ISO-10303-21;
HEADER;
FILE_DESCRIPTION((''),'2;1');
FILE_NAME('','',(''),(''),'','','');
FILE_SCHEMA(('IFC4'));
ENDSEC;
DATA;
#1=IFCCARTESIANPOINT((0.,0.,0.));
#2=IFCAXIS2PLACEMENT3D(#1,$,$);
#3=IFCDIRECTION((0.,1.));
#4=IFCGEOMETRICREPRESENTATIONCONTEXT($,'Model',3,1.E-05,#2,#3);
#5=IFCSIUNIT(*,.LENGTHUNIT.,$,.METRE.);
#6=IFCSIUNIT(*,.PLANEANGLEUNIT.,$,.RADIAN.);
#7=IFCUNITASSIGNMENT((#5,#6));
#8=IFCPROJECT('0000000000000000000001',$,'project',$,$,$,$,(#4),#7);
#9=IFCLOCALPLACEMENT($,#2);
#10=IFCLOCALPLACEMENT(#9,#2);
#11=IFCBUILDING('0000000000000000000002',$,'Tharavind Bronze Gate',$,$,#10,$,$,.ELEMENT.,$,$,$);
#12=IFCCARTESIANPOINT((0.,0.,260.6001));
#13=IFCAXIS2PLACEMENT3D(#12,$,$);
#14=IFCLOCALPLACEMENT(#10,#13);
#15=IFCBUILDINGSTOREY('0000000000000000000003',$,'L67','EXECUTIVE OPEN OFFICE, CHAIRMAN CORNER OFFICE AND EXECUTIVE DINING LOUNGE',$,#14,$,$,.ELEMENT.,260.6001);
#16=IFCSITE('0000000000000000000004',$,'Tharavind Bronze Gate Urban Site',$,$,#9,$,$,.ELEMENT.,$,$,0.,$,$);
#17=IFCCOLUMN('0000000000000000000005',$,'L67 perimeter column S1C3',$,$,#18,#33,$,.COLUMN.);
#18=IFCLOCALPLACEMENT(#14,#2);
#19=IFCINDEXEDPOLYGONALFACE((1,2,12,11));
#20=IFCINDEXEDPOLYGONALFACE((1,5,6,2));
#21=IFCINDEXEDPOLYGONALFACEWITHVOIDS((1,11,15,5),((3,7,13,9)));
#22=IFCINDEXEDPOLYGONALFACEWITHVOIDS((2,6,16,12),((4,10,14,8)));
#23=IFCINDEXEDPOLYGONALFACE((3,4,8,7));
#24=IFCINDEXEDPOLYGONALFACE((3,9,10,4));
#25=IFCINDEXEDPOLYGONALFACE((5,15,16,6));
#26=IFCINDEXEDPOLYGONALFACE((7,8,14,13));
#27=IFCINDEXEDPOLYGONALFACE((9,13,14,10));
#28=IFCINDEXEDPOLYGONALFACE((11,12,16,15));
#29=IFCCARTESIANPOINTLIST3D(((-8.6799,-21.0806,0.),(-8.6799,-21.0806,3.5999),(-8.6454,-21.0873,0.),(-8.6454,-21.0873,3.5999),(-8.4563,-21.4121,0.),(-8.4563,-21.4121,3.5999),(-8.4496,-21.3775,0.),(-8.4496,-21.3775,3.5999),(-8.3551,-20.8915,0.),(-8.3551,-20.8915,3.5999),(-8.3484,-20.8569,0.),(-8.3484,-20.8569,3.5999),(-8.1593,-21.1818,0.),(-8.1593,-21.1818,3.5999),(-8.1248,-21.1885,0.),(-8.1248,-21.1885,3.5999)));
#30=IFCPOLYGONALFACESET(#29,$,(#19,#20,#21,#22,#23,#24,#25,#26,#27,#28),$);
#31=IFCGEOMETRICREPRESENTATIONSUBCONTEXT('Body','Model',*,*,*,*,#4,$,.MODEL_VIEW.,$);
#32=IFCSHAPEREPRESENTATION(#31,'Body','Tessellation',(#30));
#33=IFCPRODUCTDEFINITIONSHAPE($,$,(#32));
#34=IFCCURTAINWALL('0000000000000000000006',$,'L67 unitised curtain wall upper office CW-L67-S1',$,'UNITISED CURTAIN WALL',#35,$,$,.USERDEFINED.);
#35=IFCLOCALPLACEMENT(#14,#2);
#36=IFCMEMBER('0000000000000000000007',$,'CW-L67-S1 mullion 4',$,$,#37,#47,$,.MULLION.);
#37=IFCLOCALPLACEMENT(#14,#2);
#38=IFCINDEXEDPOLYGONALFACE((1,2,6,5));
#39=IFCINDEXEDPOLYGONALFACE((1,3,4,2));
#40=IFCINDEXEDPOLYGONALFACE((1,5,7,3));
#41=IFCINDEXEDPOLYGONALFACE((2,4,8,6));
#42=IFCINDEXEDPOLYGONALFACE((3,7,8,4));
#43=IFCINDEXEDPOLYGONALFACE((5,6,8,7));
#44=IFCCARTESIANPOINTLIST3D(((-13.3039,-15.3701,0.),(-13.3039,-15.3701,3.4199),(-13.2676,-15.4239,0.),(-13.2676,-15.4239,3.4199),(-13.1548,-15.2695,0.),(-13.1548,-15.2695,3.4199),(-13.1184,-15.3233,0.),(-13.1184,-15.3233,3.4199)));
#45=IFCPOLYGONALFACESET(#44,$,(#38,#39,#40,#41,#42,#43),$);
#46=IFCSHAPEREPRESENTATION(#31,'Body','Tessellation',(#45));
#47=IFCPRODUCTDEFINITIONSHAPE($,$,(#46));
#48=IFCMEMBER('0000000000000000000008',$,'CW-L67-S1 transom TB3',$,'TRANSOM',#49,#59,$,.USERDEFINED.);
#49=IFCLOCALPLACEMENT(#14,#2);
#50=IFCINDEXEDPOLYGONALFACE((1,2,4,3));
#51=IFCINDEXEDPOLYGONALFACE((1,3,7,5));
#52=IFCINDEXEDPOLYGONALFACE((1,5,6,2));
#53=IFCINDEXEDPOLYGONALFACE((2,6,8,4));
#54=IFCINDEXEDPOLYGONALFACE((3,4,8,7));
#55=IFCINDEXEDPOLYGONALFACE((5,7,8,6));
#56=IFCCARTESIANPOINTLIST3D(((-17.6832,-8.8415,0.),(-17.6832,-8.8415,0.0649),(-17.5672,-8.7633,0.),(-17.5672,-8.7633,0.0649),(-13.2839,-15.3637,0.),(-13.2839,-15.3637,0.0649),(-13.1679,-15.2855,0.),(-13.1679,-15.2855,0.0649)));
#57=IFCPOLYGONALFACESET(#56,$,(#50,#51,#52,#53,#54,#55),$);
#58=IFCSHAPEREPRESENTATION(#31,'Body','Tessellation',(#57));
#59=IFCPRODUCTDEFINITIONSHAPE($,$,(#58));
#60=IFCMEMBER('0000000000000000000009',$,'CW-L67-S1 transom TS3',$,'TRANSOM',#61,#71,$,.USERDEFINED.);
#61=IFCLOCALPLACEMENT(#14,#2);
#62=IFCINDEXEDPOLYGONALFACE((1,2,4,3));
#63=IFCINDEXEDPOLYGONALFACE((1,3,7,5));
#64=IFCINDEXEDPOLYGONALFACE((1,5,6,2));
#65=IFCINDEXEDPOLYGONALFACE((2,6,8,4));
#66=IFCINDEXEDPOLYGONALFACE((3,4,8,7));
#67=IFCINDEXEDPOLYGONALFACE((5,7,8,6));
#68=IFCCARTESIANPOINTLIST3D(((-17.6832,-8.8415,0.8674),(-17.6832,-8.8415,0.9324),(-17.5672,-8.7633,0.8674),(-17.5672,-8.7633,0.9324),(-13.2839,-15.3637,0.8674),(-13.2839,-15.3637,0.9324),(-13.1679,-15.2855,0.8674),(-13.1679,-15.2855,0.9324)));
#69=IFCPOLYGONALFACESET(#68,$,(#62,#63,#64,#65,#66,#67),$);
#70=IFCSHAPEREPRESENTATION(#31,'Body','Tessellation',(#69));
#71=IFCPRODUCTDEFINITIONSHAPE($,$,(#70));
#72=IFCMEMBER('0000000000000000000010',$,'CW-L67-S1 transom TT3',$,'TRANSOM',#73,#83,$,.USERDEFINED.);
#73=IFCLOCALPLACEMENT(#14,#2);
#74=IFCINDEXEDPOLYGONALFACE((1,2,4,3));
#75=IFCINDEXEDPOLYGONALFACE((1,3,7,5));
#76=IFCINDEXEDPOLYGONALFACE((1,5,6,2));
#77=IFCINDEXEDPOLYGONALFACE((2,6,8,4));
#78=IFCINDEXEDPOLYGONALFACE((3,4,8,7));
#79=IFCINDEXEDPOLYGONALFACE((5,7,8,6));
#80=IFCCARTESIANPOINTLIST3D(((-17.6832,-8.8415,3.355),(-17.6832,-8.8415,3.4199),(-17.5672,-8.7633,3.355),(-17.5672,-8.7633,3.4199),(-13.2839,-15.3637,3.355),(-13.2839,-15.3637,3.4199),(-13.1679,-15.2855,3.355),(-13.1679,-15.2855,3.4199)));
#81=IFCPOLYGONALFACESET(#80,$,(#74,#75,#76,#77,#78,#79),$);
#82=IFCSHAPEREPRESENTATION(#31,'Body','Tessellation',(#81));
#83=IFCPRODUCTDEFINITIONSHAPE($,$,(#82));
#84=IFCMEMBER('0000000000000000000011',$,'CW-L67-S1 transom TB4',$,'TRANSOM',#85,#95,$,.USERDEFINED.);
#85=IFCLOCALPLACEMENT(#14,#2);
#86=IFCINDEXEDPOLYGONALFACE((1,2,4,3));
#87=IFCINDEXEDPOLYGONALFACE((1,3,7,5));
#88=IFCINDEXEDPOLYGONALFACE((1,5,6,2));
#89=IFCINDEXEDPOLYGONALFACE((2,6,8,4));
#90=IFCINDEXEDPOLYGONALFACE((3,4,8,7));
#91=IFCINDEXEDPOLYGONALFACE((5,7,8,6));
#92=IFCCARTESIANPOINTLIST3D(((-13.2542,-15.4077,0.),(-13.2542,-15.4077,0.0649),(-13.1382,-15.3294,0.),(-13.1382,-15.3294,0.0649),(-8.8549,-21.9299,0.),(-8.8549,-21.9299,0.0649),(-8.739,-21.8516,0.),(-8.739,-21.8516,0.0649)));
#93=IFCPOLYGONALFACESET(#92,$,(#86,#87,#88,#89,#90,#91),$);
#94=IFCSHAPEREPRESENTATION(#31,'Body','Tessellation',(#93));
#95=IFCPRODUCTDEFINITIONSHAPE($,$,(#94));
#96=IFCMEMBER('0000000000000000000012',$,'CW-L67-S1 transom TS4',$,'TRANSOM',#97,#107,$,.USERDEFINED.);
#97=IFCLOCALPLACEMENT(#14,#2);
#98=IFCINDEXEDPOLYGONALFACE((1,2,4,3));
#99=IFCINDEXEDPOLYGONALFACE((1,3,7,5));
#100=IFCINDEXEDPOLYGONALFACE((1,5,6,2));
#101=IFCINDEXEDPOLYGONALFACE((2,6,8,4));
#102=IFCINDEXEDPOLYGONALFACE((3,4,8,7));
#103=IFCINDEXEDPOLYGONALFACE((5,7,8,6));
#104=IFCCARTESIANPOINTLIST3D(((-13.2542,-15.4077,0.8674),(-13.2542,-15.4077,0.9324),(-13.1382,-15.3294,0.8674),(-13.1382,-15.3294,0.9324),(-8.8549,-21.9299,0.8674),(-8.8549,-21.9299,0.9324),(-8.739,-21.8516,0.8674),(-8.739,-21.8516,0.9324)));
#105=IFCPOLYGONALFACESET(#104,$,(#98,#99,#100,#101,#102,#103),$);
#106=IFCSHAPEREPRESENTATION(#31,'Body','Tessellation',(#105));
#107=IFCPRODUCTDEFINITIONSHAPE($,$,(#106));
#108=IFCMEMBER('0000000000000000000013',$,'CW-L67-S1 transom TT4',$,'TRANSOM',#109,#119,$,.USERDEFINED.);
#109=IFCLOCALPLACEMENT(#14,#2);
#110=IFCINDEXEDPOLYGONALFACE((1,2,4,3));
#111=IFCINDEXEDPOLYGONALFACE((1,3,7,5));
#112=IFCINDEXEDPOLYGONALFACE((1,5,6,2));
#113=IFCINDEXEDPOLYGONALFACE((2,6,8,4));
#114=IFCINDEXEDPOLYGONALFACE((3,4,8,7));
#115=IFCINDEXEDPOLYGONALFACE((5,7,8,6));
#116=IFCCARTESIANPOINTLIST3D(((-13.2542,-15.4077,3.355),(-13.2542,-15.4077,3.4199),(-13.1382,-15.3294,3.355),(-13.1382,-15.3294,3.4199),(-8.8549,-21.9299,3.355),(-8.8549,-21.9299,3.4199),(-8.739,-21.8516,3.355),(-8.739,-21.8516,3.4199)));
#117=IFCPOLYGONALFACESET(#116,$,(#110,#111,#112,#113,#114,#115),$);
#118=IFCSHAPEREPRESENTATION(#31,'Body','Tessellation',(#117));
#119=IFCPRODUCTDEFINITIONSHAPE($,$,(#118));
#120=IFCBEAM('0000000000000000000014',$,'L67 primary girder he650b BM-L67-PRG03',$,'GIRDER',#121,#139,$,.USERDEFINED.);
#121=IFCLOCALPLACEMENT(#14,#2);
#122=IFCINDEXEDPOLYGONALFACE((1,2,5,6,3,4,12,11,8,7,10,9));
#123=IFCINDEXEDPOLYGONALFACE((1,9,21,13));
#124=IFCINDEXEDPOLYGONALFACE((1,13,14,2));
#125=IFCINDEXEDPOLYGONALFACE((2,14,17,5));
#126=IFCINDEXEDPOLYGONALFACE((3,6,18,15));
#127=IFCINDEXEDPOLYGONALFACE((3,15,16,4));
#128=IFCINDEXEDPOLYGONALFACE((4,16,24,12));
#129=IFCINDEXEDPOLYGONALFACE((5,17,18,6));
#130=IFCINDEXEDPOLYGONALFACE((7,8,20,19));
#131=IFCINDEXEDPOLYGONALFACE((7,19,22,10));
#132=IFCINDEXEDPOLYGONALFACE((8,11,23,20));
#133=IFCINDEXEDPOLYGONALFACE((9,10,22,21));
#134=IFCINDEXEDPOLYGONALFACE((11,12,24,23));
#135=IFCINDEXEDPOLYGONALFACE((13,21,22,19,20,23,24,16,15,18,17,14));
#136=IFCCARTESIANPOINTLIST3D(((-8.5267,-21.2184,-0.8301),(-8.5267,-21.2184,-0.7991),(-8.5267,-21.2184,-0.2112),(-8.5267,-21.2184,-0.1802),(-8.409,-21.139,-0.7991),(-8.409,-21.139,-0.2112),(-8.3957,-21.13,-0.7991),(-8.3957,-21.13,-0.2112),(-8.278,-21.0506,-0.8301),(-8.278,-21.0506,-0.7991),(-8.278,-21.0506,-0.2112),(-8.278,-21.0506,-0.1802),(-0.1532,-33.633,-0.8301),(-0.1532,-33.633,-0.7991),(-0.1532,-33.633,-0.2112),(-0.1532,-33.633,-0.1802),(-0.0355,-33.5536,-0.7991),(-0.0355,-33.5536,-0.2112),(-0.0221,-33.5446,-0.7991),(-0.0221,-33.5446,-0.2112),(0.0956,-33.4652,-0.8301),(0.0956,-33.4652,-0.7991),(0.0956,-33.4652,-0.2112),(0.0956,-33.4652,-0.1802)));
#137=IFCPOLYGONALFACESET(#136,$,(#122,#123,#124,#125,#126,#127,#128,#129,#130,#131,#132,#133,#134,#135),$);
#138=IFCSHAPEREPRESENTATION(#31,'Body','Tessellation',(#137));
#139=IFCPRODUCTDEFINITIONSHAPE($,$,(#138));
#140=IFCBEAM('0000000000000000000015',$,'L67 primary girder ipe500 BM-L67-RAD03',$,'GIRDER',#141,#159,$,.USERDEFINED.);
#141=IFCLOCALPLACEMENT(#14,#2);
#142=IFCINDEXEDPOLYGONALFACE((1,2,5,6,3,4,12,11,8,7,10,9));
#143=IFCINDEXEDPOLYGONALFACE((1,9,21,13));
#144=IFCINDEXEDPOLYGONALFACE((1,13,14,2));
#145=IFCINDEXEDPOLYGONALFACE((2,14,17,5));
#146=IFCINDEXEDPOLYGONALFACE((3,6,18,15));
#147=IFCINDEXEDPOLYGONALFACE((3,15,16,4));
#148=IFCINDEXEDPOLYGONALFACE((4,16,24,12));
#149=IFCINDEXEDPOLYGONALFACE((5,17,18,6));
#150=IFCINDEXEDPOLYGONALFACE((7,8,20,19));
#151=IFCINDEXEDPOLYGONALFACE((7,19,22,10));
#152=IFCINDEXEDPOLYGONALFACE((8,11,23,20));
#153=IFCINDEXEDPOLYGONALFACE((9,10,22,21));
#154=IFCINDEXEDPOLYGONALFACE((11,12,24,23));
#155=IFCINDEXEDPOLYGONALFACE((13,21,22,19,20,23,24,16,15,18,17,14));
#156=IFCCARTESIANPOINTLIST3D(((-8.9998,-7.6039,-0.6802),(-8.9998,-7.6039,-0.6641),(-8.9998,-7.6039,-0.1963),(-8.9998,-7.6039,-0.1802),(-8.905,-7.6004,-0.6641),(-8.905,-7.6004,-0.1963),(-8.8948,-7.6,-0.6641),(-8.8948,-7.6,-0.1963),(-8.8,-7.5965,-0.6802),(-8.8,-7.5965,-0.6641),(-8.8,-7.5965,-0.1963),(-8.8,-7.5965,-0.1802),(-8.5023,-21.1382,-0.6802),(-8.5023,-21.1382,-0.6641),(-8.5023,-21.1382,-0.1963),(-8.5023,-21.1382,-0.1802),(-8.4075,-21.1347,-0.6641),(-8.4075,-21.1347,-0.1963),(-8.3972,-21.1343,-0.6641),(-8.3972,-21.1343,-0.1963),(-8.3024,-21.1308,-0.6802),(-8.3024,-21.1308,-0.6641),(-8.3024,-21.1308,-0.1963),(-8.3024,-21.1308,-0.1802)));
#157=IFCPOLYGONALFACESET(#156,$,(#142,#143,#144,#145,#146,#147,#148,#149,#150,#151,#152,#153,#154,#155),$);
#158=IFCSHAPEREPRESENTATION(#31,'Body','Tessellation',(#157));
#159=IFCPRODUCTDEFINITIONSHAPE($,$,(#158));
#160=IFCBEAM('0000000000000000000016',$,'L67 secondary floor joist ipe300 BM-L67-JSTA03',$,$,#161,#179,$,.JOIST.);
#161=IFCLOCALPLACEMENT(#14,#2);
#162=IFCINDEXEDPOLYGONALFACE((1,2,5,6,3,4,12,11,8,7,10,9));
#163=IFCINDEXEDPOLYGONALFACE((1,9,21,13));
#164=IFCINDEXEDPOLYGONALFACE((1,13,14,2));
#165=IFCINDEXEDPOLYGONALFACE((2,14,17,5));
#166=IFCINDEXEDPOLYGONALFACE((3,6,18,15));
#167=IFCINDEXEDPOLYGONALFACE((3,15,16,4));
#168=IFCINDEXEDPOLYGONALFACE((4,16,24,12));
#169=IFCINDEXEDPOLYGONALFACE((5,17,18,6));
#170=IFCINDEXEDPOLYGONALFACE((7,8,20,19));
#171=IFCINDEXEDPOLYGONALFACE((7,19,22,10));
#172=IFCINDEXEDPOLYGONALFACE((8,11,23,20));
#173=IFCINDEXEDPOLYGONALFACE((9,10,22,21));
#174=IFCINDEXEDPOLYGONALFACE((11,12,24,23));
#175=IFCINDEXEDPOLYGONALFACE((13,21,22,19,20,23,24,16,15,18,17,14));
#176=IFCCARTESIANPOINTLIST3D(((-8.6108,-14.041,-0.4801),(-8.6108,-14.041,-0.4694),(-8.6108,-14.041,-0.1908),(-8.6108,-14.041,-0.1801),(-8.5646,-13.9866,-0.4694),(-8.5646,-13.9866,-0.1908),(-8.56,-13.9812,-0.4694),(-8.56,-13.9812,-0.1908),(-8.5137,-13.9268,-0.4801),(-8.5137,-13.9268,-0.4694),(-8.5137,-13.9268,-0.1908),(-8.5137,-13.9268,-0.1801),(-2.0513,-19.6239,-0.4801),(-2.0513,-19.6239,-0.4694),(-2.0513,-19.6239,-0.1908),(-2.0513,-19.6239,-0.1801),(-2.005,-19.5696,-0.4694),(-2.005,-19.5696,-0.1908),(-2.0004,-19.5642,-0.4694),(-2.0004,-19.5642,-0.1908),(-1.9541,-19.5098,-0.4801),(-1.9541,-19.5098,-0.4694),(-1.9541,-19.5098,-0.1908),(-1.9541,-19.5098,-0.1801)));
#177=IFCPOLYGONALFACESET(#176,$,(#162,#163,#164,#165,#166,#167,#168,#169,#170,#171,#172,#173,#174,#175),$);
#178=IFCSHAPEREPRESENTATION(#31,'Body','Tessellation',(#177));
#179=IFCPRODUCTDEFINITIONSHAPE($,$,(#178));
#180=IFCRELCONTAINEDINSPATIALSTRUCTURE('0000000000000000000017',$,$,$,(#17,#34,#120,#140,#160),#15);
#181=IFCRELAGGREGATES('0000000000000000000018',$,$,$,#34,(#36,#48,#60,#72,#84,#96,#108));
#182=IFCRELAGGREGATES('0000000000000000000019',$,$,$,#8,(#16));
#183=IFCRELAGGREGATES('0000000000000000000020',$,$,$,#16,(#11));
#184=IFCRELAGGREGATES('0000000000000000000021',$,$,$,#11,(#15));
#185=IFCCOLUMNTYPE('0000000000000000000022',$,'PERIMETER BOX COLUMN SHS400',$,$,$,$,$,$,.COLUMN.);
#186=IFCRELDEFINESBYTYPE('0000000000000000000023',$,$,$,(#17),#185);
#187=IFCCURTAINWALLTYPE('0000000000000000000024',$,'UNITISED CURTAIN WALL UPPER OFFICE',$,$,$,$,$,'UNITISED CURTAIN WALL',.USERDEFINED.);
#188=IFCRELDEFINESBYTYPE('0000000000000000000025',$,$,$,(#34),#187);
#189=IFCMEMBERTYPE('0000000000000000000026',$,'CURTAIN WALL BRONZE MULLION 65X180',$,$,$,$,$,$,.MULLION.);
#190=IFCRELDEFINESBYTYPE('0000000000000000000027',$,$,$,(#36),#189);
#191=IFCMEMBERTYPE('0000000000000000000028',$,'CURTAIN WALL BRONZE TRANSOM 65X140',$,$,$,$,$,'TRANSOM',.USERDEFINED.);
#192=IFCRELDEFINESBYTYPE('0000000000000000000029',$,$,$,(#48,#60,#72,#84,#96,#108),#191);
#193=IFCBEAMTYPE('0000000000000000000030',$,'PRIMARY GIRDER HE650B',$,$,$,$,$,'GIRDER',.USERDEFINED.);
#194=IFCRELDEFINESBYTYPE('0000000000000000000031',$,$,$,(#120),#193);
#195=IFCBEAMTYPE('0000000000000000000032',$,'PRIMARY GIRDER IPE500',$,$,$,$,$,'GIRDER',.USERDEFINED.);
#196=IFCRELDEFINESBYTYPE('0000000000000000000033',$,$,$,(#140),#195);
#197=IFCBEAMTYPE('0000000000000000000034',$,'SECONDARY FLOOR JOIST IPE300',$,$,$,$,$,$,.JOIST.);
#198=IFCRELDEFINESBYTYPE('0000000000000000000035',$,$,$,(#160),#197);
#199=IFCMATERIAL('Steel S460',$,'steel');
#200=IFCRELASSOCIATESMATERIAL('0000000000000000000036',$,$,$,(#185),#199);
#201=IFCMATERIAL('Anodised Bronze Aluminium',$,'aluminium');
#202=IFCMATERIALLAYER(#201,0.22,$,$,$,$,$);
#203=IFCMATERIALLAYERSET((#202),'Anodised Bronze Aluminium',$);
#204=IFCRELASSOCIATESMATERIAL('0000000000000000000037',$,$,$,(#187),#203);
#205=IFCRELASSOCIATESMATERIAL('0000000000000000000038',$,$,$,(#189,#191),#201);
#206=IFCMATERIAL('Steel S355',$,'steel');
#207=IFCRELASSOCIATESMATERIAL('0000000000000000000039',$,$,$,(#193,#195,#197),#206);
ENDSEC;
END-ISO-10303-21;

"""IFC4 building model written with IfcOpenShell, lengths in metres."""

from ifc_helpers import new_model, si_unit, direction, frame, origin, origin_2d, place, context, subcontext, project, spatial, rectangle, hollow_rectangle, i_section, extrude, material, layer, layer_set, material_profile, profile_set, type_object, element, aggregate, save


model = new_model("IFC4")

# Units and contexts
model_context = context("Model", 3, precision=1e-05, world=origin(), true_north=direction((0.0, 1.0)))
body_context = subcontext(model_context, "Body", "Model", "MODEL_VIEW")
ifc_project = project(units=[si_unit("LENGTHUNIT", "METRE"), si_unit("PLANEANGLEUNIT", "RADIAN")], contexts=[model_context])

# Site, building, storey
site_placement = place(None, origin())
site = spatial("IfcSite", under=ifc_project, at=site_placement, Name="Tharavind Bronze Gate Urban Site", CompositionType="ELEMENT", RefElevation=0.0)
building_placement = place(site_placement, origin())
building = spatial("IfcBuilding", under=site, at=building_placement, Name="Tharavind Bronze Gate", CompositionType="ELEMENT")
storey_placement = place(building_placement, frame((0.0, 0.0, 260.6001)))
storey = spatial("IfcBuildingStorey", under=building, at=storey_placement, Name="L67", Description="EXECUTIVE OPEN OFFICE, CHAIRMAN CORNER OFFICE AND EXECUTIVE DINING LOUNGE", CompositionType="ELEMENT", Elevation=260.6001)

# Column
ifc_material_1 = material(Name="Steel S460", Category="steel")
ifc_material_profile_1 = material_profile(ifc_material_1, hollow_rectangle(XDim=0.3999, YDim=0.3999, WallThickness=0.0249, at=origin_2d()), Name="SHS400X25")
ifc_profile_set_1 = profile_set([ifc_material_profile_1], Name="Steel S460")
column_type = type_object("IfcColumnType", Name="PERIMETER BOX COLUMN SHS400", PredefinedType="COLUMN", material=ifc_profile_set_1)
column_placement = place(storey_placement, frame((-8.4023, -21.1345, 0.0), z_axis=(0.0, 0.0, 1.0), x_axis=(-0.559193, 0.829038, 0.0)))
element("IfcColumn", 1, at=column_placement, inside=storey, type_object=column_type, Name="L67 perimeter column S1C3", PredefinedType="COLUMN", context=body_context, shape_type="SweptSolid", body=[
    extrude(hollow_rectangle(XDim=0.3999, YDim=0.3999, WallThickness=0.0249, at=origin_2d()), origin(), (0.0, 0.0, 1.0), 3.5999),
])

# Curtain wall, members
ifc_material_2 = material(Name="Anodised Bronze Aluminium", Category="aluminium")
ifc_layer_1 = layer(ifc_material_2, 0.22)
ifc_layer_set_1 = layer_set([ifc_layer_1], Name="Anodised Bronze Aluminium")
curtain_wall_type = type_object("IfcCurtainWallType", Name="UNITISED CURTAIN WALL UPPER OFFICE", ElementType="UNITISED CURTAIN WALL", PredefinedType="USERDEFINED", material=ifc_layer_set_1)
curtain_wall_placement = place(storey_placement, origin())
curtain_wall = element("IfcCurtainWall", 2, at=curtain_wall_placement, inside=storey, type_object=curtain_wall_type, Name="L67 unitised curtain wall upper office CW-L67-S1", ObjectType="UNITISED CURTAIN WALL", PredefinedType="USERDEFINED")
member_type_1 = type_object("IfcMemberType", Name="CURTAIN WALL BRONZE MULLION 65X180", PredefinedType="MULLION", material=ifc_material_2)
member_1_placement = place(storey_placement, frame((-13.2112, -15.3467, 0.0), z_axis=(0.0, 0.0, 1.0), x_axis=(0.559191, -0.829039, 0.0)))
member_1 = element("IfcMember", 3, at=member_1_placement, type_object=member_type_1, Name="CW-L67-S1 mullion 4", PredefinedType="MULLION", context=body_context, shape_type="SweptSolid", body=[
    extrude(rectangle(XDim=0.0649, YDim=0.1799, at=origin_2d()), origin(), (0.0, 0.0, 1.0), 3.4199),
])
member_type_2 = type_object("IfcMemberType", Name="CURTAIN WALL BRONZE TRANSOM 65X140", ElementType="TRANSOM", PredefinedType="USERDEFINED", material=ifc_material_2)
member_2_placement = place(storey_placement, frame((-15.4255, -12.0635, 0.0), z_axis=(0.0, 0.0, 1.0), x_axis=(0.559191, -0.829039, 0.0)))
member_2 = element("IfcMember", 4, at=member_2_placement, type_object=member_type_2, Name="CW-L67-S1 transom TB3", ObjectType="TRANSOM", PredefinedType="USERDEFINED", context=body_context, shape_type="SweptSolid", body=[
    extrude(rectangle(XDim=7.8672, YDim=0.1399, at=origin_2d()), origin(), (0.0, 0.0, 1.0), 0.0649),
])
member_3_placement = place(storey_placement, frame((-15.4255, -12.0635, 0.8674), z_axis=(0.0, 0.0, 1.0), x_axis=(0.559191, -0.829039, 0.0)))
member_3 = element("IfcMember", 5, at=member_3_placement, type_object=member_type_2, Name="CW-L67-S1 transom TS3", ObjectType="TRANSOM", PredefinedType="USERDEFINED", context=body_context, shape_type="SweptSolid", body=[
    extrude(rectangle(XDim=7.8672, YDim=0.1399, at=origin_2d()), origin(), (0.0, 0.0, 1.0), 0.0649),
])
member_4_placement = place(storey_placement, frame((-15.4255, -12.0635, 3.355), z_axis=(0.0, 0.0, 1.0), x_axis=(0.559191, -0.829039, 0.0)))
member_4 = element("IfcMember", 6, at=member_4_placement, type_object=member_type_2, Name="CW-L67-S1 transom TT3", ObjectType="TRANSOM", PredefinedType="USERDEFINED", context=body_context, shape_type="SweptSolid", body=[
    extrude(rectangle(XDim=7.8672, YDim=0.1399, at=origin_2d()), origin(), (0.0, 0.0, 1.0), 0.0649),
])
member_5_placement = place(storey_placement, frame((-10.9966, -18.6296, 0.0), z_axis=(0.0, 0.0, 1.0), x_axis=(0.559191, -0.829039, 0.0)))
member_5 = element("IfcMember", 7, at=member_5_placement, type_object=member_type_2, Name="CW-L67-S1 transom TB4", ObjectType="TRANSOM", PredefinedType="USERDEFINED", context=body_context, shape_type="SweptSolid", body=[
    extrude(rectangle(XDim=7.8672, YDim=0.1399, at=origin_2d()), origin(), (0.0, 0.0, 1.0), 0.0649),
])
member_6_placement = place(storey_placement, frame((-10.9966, -18.6296, 0.8674), z_axis=(0.0, 0.0, 1.0), x_axis=(0.559191, -0.829039, 0.0)))
member_6 = element("IfcMember", 8, at=member_6_placement, type_object=member_type_2, Name="CW-L67-S1 transom TS4", ObjectType="TRANSOM", PredefinedType="USERDEFINED", context=body_context, shape_type="SweptSolid", body=[
    extrude(rectangle(XDim=7.8672, YDim=0.1399, at=origin_2d()), origin(), (0.0, 0.0, 1.0), 0.0649),
])
member_7_placement = place(storey_placement, frame((-10.9966, -18.6296, 3.355), z_axis=(0.0, 0.0, 1.0), x_axis=(0.559191, -0.829039, 0.0)))
member_7 = element("IfcMember", 9, at=member_7_placement, type_object=member_type_2, Name="CW-L67-S1 transom TT4", ObjectType="TRANSOM", PredefinedType="USERDEFINED", context=body_context, shape_type="SweptSolid", body=[
    extrude(rectangle(XDim=7.8672, YDim=0.1399, at=origin_2d()), origin(), (0.0, 0.0, 1.0), 0.0649),
])

# Beams
ifc_material_3 = material(Name="Steel S355", Category="steel")
ifc_material_profile_2 = material_profile(ifc_material_3, i_section(OverallWidth=0.3, OverallDepth=0.6499, WebThickness=0.0161, FlangeThickness=0.031, at=origin_2d()), Name="HE650B")
ifc_profile_set_2 = profile_set([ifc_material_profile_2], Name="Steel S355")
beam_type_1 = type_object("IfcBeamType", Name="PRIMARY GIRDER HE650B", ElementType="GIRDER", PredefinedType="USERDEFINED", material=ifc_profile_set_2)
beam_1_placement = place(storey_placement, frame((-8.4023, -21.1345, -0.5051), z_axis=(0.559184, -0.829043, 0.0), x_axis=(0.829043, 0.559184, 0.0)))
element("IfcBeam", 10, at=beam_1_placement, inside=storey, type_object=beam_type_1, Name="L67 primary girder he650b BM-L67-PRG03", ObjectType="GIRDER", PredefinedType="USERDEFINED", context=body_context, shape_type="SweptSolid", body=[
    extrude(i_section(OverallWidth=0.3, OverallDepth=0.6499, WebThickness=0.0161, FlangeThickness=0.031, at=origin_2d()), origin(), (0.0, 0.0, 1.0), 14.9746),
])
ifc_material_profile_3 = material_profile(ifc_material_3, i_section(OverallWidth=0.2, OverallDepth=0.5, WebThickness=0.0103, FlangeThickness=0.0161, at=origin_2d()), Name="IPE500")
ifc_profile_set_3 = profile_set([ifc_material_profile_3], Name="Steel S355")
beam_type_2 = type_object("IfcBeamType", Name="PRIMARY GIRDER IPE500", ElementType="GIRDER", PredefinedType="USERDEFINED", material=ifc_profile_set_3)
beam_2_placement = place(storey_placement, frame((-8.4023, -21.1345, -0.4302), z_axis=(-0.036738, 0.999325, 0.0), x_axis=(-0.999325, -0.036738, 0.0)))
element("IfcBeam", 11, at=beam_2_placement, inside=storey, type_object=beam_type_2, Name="L67 primary girder ipe500 BM-L67-RAD03", ObjectType="GIRDER", PredefinedType="USERDEFINED", context=body_context, shape_type="SweptSolid", body=[
    extrude(i_section(OverallWidth=0.2, OverallDepth=0.5, WebThickness=0.0103, FlangeThickness=0.0161, at=origin_2d()), origin(), (0.0, 0.0, 1.0), 13.5435),
])
ifc_material_profile_4 = material_profile(ifc_material_3, i_section(OverallWidth=0.1499, OverallDepth=0.3, WebThickness=0.0071, FlangeThickness=0.0107, at=origin_2d()), Name="IPE300")
ifc_profile_set_4 = profile_set([ifc_material_profile_4], Name="Steel S355")
beam_type_3 = type_object("IfcBeamType", Name="SECONDARY FLOOR JOIST IPE300", PredefinedType="JOIST", material=ifc_profile_set_4)
beam_3_placement = place(storey_placement, frame((-8.5623, -13.9839, -0.3301), z_axis=(0.761517, -0.648145, 0.0), x_axis=(0.648145, 0.761517, 0.0)))
element("IfcBeam", 12, at=beam_3_placement, inside=storey, type_object=beam_type_3, Name="L67 secondary floor joist ipe300 BM-L67-JSTA03", PredefinedType="JOIST", context=body_context, shape_type="SweptSolid", body=[
    extrude(i_section(OverallWidth=0.1499, OverallDepth=0.3, WebThickness=0.0071, FlangeThickness=0.0107, at=origin_2d()), origin(), (0.0, 0.0, 1.0), 8.6138),
])

aggregate(curtain_wall, [member_1, member_2, member_3, member_4, member_5, member_6, member_7])

save(model, "model.ifc")
